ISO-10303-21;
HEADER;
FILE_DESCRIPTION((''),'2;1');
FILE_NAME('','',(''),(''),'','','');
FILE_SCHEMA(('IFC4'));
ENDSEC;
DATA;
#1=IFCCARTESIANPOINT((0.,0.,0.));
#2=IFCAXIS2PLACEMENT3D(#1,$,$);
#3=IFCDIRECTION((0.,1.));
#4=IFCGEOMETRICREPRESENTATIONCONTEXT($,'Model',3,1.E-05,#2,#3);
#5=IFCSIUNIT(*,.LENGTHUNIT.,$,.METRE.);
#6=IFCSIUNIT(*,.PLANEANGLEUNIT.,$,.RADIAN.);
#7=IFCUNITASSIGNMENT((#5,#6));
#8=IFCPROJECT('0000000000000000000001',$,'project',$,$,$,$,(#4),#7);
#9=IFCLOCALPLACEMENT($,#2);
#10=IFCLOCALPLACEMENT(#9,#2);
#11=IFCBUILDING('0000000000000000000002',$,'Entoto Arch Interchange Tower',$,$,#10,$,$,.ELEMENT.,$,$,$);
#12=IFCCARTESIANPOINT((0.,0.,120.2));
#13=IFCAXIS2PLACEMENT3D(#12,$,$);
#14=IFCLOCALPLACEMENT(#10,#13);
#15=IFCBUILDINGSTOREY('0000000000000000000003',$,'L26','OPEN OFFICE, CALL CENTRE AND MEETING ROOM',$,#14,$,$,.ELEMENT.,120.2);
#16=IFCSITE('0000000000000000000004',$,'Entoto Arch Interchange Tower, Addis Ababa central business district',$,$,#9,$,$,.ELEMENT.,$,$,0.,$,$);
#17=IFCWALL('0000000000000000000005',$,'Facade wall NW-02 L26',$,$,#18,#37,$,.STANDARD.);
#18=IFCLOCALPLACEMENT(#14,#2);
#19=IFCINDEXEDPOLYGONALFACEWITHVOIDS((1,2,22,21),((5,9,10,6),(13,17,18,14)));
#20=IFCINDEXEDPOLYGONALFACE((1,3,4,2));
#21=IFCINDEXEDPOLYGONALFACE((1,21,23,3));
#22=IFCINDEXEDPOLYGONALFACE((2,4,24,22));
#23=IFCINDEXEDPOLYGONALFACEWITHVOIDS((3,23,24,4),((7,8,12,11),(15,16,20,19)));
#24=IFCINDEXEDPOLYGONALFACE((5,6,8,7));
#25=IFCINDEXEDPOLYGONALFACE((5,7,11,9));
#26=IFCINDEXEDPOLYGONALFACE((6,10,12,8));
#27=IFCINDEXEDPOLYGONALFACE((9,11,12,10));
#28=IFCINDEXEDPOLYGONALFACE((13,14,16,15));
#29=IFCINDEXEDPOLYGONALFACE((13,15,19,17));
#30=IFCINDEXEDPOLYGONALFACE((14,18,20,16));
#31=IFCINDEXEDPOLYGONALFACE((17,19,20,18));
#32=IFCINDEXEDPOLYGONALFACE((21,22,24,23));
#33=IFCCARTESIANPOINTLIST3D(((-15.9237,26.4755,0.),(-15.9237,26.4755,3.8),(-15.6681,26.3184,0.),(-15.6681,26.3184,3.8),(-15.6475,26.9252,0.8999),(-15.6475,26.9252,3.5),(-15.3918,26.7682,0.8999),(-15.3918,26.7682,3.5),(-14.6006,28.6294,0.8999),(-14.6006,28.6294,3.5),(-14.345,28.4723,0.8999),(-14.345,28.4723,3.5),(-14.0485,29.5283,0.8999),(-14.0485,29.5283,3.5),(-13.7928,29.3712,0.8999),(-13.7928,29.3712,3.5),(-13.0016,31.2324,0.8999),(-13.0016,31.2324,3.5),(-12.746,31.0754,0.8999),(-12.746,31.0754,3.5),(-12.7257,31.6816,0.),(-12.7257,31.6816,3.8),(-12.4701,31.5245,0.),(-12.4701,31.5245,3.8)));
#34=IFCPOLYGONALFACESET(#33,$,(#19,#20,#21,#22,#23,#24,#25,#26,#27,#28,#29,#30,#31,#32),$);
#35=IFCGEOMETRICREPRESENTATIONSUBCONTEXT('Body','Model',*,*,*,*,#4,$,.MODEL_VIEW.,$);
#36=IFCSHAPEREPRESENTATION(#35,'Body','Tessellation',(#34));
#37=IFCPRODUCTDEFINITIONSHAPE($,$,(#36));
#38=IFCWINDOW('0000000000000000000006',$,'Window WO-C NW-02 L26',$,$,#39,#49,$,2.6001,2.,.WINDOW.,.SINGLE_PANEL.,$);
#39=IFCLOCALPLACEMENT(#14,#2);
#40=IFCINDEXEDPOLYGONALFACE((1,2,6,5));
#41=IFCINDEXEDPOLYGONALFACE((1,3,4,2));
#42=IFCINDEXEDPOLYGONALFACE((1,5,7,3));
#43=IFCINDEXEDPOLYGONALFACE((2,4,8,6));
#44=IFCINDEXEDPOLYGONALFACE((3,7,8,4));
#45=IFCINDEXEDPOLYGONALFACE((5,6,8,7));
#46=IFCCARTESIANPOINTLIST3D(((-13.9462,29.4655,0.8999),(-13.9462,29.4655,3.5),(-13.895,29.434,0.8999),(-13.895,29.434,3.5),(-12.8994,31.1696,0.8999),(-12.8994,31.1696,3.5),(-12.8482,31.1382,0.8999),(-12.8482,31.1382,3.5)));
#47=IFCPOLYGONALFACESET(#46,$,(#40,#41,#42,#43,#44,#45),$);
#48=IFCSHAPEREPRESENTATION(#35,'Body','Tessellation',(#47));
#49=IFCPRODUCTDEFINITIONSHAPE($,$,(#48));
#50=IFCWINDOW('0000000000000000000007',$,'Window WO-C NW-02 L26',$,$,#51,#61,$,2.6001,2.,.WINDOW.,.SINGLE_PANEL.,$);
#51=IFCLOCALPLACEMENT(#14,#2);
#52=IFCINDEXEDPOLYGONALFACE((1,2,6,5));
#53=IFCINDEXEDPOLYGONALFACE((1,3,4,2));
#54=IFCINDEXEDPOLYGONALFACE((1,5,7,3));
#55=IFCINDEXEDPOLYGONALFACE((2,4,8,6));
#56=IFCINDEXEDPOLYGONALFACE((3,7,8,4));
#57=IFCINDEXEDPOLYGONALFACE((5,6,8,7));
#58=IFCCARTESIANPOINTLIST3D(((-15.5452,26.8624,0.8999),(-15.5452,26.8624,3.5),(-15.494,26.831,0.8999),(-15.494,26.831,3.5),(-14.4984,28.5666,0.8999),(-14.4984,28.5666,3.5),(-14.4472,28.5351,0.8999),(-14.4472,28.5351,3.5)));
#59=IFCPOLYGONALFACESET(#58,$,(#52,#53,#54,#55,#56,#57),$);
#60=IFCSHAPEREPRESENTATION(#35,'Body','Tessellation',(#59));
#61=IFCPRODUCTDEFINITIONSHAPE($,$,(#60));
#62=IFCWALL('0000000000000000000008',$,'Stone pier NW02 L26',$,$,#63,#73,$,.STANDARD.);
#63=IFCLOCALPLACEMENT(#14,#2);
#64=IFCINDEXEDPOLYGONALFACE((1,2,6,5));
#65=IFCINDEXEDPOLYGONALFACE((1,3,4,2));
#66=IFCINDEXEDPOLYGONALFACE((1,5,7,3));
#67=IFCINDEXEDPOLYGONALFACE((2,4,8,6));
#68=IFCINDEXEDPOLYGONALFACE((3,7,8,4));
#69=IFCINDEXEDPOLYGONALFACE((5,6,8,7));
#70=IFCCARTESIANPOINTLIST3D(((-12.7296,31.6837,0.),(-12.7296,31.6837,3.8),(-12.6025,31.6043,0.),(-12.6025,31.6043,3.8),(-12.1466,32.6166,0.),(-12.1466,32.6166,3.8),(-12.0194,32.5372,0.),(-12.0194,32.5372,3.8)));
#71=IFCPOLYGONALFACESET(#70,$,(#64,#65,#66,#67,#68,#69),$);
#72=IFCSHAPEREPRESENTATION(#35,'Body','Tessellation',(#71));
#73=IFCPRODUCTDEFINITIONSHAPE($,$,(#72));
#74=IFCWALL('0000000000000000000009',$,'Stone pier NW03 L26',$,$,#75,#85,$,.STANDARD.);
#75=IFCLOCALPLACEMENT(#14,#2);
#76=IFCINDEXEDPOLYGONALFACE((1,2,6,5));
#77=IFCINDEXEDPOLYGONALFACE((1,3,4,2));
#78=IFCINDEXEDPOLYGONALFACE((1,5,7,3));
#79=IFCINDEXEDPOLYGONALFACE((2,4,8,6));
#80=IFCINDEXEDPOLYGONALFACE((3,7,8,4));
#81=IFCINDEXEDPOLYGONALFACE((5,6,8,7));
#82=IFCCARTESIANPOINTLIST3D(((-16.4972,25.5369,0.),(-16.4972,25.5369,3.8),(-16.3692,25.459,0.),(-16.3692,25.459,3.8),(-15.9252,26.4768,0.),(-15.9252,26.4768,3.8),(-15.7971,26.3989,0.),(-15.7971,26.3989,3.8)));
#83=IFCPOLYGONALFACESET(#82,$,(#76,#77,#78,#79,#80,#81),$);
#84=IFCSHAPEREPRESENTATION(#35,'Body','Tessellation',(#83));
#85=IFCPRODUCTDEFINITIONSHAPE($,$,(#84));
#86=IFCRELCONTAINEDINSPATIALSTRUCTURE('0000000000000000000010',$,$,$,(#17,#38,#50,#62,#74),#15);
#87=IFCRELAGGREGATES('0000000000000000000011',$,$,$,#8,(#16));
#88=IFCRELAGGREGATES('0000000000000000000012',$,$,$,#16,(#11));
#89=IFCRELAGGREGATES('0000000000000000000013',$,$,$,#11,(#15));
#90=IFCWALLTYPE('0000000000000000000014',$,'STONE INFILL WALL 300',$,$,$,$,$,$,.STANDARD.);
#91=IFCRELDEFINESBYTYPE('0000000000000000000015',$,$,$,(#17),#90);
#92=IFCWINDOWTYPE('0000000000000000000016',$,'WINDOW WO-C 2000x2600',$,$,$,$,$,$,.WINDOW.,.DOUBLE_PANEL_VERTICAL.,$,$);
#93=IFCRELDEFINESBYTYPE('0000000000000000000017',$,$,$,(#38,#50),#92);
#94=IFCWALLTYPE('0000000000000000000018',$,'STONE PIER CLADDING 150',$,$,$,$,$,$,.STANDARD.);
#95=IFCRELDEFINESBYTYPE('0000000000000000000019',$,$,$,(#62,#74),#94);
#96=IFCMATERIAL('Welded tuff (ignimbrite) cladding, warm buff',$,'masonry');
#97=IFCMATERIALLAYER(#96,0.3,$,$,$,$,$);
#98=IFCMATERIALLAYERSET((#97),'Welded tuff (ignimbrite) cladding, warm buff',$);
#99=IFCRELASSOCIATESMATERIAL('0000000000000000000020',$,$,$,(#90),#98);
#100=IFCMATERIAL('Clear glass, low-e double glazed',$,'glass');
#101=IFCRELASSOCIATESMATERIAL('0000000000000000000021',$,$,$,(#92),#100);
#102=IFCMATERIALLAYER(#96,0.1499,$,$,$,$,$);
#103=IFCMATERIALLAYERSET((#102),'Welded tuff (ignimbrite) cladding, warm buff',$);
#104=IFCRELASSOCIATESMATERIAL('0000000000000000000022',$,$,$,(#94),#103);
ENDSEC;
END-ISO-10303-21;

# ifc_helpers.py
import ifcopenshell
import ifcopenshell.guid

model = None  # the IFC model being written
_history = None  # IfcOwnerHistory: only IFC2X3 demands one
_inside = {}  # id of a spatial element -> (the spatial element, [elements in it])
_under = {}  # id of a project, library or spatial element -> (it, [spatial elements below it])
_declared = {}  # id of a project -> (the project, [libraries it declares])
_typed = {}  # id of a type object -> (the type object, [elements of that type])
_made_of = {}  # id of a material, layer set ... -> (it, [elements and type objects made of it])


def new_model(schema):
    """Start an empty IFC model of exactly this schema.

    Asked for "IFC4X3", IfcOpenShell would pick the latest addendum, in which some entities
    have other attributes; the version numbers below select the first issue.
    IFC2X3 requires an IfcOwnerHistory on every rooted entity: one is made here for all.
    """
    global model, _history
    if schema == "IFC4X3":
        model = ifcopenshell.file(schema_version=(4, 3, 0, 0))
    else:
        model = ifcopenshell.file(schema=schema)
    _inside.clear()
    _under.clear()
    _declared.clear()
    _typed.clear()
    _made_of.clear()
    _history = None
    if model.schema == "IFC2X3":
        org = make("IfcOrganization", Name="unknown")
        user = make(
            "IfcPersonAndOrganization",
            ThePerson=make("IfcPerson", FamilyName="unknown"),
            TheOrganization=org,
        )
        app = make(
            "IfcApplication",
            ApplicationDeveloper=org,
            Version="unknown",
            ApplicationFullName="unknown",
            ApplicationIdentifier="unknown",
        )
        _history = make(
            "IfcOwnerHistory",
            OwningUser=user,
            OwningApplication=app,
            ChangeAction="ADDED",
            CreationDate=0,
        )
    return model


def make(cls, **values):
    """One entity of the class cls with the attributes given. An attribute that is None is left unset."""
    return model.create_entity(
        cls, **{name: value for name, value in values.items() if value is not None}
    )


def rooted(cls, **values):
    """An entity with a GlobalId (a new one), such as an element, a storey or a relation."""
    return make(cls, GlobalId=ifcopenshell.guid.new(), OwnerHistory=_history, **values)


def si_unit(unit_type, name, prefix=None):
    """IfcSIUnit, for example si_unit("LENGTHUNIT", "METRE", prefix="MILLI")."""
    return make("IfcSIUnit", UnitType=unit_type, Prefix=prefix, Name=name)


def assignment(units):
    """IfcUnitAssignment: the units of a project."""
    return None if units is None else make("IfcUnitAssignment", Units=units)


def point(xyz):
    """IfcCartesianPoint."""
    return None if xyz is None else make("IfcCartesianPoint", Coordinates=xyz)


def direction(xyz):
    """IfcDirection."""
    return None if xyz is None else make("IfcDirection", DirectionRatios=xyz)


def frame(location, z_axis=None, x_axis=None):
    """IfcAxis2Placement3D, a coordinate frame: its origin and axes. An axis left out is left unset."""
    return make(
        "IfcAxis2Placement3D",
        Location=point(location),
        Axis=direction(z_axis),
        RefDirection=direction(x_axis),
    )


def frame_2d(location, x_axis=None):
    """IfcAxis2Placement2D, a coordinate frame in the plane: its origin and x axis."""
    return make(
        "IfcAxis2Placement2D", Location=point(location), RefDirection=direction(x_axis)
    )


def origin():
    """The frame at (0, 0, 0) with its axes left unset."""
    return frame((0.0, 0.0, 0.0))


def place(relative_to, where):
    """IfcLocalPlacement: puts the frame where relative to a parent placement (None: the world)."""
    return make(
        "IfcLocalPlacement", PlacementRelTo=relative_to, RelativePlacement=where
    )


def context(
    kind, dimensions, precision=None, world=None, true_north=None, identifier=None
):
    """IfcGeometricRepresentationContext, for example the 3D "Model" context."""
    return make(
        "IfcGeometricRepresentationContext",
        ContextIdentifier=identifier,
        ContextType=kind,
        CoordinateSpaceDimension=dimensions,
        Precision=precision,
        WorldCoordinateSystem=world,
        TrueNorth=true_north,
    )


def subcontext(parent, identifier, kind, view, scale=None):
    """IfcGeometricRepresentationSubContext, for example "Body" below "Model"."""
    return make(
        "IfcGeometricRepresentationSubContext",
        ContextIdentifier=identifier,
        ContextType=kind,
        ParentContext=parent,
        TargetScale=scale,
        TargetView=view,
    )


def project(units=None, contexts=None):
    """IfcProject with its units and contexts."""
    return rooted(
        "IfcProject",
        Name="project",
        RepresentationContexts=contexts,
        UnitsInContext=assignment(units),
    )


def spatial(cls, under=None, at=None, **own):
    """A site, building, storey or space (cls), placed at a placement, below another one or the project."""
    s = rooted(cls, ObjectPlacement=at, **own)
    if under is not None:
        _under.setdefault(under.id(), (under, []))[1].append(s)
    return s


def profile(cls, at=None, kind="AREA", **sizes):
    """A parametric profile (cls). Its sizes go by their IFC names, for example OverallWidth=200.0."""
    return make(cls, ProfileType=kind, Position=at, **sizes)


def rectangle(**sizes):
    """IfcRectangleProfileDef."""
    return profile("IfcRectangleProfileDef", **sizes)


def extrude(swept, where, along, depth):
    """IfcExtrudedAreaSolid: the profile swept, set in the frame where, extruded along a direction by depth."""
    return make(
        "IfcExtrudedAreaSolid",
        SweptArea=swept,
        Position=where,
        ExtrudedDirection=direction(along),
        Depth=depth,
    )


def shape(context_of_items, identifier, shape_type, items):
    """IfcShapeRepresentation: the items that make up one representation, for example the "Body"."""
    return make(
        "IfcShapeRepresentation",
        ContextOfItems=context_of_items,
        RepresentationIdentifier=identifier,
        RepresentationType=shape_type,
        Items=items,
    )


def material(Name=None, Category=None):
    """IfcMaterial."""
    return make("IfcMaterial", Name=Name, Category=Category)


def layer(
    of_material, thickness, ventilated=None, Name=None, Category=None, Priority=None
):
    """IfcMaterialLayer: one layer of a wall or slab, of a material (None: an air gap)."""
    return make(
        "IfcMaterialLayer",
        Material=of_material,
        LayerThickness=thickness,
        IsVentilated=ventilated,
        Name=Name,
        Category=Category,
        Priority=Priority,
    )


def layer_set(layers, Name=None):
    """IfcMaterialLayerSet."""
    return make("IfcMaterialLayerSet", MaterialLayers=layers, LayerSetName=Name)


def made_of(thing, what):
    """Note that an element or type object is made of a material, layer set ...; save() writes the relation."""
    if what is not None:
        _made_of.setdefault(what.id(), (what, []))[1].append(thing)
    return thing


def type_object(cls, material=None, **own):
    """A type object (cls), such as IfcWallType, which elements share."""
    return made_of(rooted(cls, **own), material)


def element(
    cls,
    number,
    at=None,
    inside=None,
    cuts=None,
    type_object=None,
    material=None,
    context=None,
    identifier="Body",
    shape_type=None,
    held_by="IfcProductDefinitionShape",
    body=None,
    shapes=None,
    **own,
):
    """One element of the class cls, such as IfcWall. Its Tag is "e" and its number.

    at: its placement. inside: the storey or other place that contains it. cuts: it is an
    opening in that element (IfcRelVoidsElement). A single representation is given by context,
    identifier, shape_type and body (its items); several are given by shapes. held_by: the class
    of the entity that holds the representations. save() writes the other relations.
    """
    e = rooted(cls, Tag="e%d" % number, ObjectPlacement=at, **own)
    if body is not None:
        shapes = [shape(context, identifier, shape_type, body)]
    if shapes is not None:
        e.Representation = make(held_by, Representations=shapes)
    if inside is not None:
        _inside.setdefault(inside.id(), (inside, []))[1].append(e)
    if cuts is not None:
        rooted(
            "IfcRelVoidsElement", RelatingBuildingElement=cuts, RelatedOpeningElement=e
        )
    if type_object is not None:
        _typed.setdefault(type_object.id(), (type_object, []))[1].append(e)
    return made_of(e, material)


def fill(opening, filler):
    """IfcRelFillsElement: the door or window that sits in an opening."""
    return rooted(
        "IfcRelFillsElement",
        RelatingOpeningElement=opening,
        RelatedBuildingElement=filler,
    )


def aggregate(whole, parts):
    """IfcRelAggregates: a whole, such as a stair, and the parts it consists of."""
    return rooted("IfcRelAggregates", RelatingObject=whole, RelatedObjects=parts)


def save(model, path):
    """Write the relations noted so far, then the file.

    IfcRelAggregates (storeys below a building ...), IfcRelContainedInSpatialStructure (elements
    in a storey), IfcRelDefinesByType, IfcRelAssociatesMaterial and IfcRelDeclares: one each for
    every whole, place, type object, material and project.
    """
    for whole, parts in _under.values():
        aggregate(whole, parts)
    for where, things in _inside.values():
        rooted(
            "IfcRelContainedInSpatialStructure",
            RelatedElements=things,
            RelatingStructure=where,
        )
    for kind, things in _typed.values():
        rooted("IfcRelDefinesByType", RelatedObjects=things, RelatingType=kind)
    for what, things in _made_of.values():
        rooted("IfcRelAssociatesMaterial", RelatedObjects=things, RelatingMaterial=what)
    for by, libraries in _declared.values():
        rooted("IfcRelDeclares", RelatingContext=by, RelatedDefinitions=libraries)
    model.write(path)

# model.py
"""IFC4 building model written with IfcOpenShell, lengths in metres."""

from ifc_helpers import new_model, si_unit, direction, frame, frame_2d, origin, place, context, subcontext, project, spatial, rectangle, extrude, material, layer, layer_set, type_object, element, fill, save


model = new_model("IFC4")

# Units and contexts
model_context = context("Model", 3, precision=1e-05, world=origin(), true_north=direction((0.0, 1.0)))
body_context = subcontext(model_context, "Body", "Model", "MODEL_VIEW")
ifc_project = project(units=[si_unit("LENGTHUNIT", "METRE"), si_unit("PLANEANGLEUNIT", "RADIAN")], contexts=[model_context])

# Site, building, storey
site_placement = place(None, origin())
site = spatial("IfcSite", under=ifc_project, at=site_placement, Name="Entoto Arch Interchange Tower, Addis Ababa central business district", CompositionType="ELEMENT", RefElevation=0.0)
building_placement = place(site_placement, origin())
building = spatial("IfcBuilding", under=site, at=building_placement, Name="Entoto Arch Interchange Tower", CompositionType="ELEMENT")
storey_placement = place(building_placement, frame((0.0, 0.0, 120.2)))
storey = spatial("IfcBuildingStorey", under=building, at=storey_placement, Name="L26", Description="OPEN OFFICE, CALL CENTRE AND MEETING ROOM", CompositionType="ELEMENT", Elevation=120.2)

# Wall, openings, windows
ifc_material_1 = material(Name="Welded tuff (ignimbrite) cladding, warm buff", Category="masonry")
ifc_layer_1 = layer(ifc_material_1, 0.3)
ifc_layer_set_1 = layer_set([ifc_layer_1], Name="Welded tuff (ignimbrite) cladding, warm buff")
wall_type_1 = type_object("IfcWallType", Name="STONE INFILL WALL 300", PredefinedType="STANDARD", material=ifc_layer_set_1)
wall_1_placement = place(storey_placement, frame((-12.5979, 31.603, 0.0), z_axis=(0.0, 0.0, 1.0), x_axis=(-0.523417, -0.852076, 0.0)))
wall_1 = element("IfcWall", 1, at=wall_1_placement, inside=storey, type_object=wall_type_1, Name="Facade wall NW-02 L26", PredefinedType="STANDARD", context=body_context, shape_type="SweptSolid", body=[
    extrude(rectangle(XDim=6.1099, YDim=0.3, at=frame_2d((3.0549, 0.0))), origin(), (0.0, 0.0, 1.0), 3.8),
])
opening_1_placement = place(wall_1_placement, frame((0.5271, 0.0, 0.8999)))
opening_1 = element("IfcOpeningElement", 2, at=opening_1_placement, cuts=wall_1, PredefinedType="OPENING", context=body_context, shape_type="SweptSolid", body=[
    extrude(rectangle(XDim=2.0, YDim=2.6001, at=frame_2d((1.0, 1.3))), frame((0.0, 0.1602, 0.0), z_axis=(0.0, -1.0, 0.0), x_axis=(1.0, 0.0, 0.0)), (0.0, 0.0, 1.0), 0.3201),
])
opening_2_placement = place(wall_1_placement, frame((3.582, 0.0, 0.8999)))
opening_2 = element("IfcOpeningElement", 3, at=opening_2_placement, cuts=wall_1, PredefinedType="OPENING", context=body_context, shape_type="SweptSolid", body=[
    extrude(rectangle(XDim=2.0, YDim=2.6001, at=frame_2d((1.0, 1.3))), frame((0.0, 0.1602, 0.0), z_axis=(0.0, -1.0, 0.0), x_axis=(1.0, 0.0, 0.0)), (0.0, 0.0, 1.0), 0.3201),
])
ifc_material_2 = material(Name="Clear glass, low-e double glazed", Category="glass")
window_type = type_object("IfcWindowType", Name="WINDOW WO-C 2000x2600", PartitioningType="DOUBLE_PANEL_VERTICAL", PredefinedType="WINDOW", material=ifc_material_2)
window_1_placement = place(opening_1_placement, origin())
window_1 = element("IfcWindow", 4, at=window_1_placement, inside=storey, type_object=window_type, Name="Window WO-C NW-02 L26", OverallHeight=2.6001, OverallWidth=2.0, PartitioningType="SINGLE_PANEL", PredefinedType="WINDOW", context=body_context, shape_type="SweptSolid", body=[
    extrude(rectangle(XDim=2.0, YDim=2.6001, at=frame_2d((1.0, 1.3))), frame((0.0, 0.03, 0.0), z_axis=(0.0, -1.0, 0.0), x_axis=(1.0, 0.0, 0.0)), (0.0, 0.0, 1.0), 0.0601),
])
fill(opening_1, window_1)
window_2_placement = place(opening_2_placement, origin())
window_2 = element("IfcWindow", 5, at=window_2_placement, inside=storey, type_object=window_type, Name="Window WO-C NW-02 L26", OverallHeight=2.6001, OverallWidth=2.0, PartitioningType="SINGLE_PANEL", PredefinedType="WINDOW", context=body_context, shape_type="SweptSolid", body=[
    extrude(rectangle(XDim=2.0, YDim=2.6001, at=frame_2d((1.0, 1.3))), frame((0.0, 0.03, 0.0), z_axis=(0.0, -1.0, 0.0), x_axis=(1.0, 0.0, 0.0)), (0.0, 0.0, 1.0), 0.0601),
])
fill(opening_2, window_2)

# Walls
ifc_layer_2 = layer(ifc_material_1, 0.1499)
ifc_layer_set_2 = layer_set([ifc_layer_2], Name="Welded tuff (ignimbrite) cladding, warm buff")
wall_type_2 = type_object("IfcWallType", Name="STONE PIER CLADDING 150", PredefinedType="STANDARD", material=ifc_layer_set_2)
wall_2_placement = place(storey_placement, frame((-12.083, 32.5769, 0.0), z_axis=(0.0, 0.0, 1.0), x_axis=(-0.529979, -0.848011, 0.0)))
element("IfcWall", 6, at=wall_2_placement, inside=storey, type_object=wall_type_2, Name="Stone pier NW02 L26", PredefinedType="STANDARD", context=body_context, shape_type="SweptSolid", body=[
    extrude(rectangle(XDim=1.1001, YDim=0.1499, at=frame_2d((0.55, 0.0))), origin(), (0.0, 0.0, 1.0), 3.8),
])
wall_3_placement = place(storey_placement, frame((-15.8611, 26.438, 0.0), z_axis=(0.0, 0.0, 1.0), x_axis=(-0.51987, -0.854246, 0.0)))
element("IfcWall", 7, at=wall_3_placement, inside=storey, type_object=wall_type_2, Name="Stone pier NW03 L26", PredefinedType="STANDARD", context=body_context, shape_type="SweptSolid", body=[
    extrude(rectangle(XDim=1.1003, YDim=0.1499, at=frame_2d((0.5503, 0.0))), origin(), (0.0, 0.0, 1.0), 3.8),
])

save(model, "model.ifc")
